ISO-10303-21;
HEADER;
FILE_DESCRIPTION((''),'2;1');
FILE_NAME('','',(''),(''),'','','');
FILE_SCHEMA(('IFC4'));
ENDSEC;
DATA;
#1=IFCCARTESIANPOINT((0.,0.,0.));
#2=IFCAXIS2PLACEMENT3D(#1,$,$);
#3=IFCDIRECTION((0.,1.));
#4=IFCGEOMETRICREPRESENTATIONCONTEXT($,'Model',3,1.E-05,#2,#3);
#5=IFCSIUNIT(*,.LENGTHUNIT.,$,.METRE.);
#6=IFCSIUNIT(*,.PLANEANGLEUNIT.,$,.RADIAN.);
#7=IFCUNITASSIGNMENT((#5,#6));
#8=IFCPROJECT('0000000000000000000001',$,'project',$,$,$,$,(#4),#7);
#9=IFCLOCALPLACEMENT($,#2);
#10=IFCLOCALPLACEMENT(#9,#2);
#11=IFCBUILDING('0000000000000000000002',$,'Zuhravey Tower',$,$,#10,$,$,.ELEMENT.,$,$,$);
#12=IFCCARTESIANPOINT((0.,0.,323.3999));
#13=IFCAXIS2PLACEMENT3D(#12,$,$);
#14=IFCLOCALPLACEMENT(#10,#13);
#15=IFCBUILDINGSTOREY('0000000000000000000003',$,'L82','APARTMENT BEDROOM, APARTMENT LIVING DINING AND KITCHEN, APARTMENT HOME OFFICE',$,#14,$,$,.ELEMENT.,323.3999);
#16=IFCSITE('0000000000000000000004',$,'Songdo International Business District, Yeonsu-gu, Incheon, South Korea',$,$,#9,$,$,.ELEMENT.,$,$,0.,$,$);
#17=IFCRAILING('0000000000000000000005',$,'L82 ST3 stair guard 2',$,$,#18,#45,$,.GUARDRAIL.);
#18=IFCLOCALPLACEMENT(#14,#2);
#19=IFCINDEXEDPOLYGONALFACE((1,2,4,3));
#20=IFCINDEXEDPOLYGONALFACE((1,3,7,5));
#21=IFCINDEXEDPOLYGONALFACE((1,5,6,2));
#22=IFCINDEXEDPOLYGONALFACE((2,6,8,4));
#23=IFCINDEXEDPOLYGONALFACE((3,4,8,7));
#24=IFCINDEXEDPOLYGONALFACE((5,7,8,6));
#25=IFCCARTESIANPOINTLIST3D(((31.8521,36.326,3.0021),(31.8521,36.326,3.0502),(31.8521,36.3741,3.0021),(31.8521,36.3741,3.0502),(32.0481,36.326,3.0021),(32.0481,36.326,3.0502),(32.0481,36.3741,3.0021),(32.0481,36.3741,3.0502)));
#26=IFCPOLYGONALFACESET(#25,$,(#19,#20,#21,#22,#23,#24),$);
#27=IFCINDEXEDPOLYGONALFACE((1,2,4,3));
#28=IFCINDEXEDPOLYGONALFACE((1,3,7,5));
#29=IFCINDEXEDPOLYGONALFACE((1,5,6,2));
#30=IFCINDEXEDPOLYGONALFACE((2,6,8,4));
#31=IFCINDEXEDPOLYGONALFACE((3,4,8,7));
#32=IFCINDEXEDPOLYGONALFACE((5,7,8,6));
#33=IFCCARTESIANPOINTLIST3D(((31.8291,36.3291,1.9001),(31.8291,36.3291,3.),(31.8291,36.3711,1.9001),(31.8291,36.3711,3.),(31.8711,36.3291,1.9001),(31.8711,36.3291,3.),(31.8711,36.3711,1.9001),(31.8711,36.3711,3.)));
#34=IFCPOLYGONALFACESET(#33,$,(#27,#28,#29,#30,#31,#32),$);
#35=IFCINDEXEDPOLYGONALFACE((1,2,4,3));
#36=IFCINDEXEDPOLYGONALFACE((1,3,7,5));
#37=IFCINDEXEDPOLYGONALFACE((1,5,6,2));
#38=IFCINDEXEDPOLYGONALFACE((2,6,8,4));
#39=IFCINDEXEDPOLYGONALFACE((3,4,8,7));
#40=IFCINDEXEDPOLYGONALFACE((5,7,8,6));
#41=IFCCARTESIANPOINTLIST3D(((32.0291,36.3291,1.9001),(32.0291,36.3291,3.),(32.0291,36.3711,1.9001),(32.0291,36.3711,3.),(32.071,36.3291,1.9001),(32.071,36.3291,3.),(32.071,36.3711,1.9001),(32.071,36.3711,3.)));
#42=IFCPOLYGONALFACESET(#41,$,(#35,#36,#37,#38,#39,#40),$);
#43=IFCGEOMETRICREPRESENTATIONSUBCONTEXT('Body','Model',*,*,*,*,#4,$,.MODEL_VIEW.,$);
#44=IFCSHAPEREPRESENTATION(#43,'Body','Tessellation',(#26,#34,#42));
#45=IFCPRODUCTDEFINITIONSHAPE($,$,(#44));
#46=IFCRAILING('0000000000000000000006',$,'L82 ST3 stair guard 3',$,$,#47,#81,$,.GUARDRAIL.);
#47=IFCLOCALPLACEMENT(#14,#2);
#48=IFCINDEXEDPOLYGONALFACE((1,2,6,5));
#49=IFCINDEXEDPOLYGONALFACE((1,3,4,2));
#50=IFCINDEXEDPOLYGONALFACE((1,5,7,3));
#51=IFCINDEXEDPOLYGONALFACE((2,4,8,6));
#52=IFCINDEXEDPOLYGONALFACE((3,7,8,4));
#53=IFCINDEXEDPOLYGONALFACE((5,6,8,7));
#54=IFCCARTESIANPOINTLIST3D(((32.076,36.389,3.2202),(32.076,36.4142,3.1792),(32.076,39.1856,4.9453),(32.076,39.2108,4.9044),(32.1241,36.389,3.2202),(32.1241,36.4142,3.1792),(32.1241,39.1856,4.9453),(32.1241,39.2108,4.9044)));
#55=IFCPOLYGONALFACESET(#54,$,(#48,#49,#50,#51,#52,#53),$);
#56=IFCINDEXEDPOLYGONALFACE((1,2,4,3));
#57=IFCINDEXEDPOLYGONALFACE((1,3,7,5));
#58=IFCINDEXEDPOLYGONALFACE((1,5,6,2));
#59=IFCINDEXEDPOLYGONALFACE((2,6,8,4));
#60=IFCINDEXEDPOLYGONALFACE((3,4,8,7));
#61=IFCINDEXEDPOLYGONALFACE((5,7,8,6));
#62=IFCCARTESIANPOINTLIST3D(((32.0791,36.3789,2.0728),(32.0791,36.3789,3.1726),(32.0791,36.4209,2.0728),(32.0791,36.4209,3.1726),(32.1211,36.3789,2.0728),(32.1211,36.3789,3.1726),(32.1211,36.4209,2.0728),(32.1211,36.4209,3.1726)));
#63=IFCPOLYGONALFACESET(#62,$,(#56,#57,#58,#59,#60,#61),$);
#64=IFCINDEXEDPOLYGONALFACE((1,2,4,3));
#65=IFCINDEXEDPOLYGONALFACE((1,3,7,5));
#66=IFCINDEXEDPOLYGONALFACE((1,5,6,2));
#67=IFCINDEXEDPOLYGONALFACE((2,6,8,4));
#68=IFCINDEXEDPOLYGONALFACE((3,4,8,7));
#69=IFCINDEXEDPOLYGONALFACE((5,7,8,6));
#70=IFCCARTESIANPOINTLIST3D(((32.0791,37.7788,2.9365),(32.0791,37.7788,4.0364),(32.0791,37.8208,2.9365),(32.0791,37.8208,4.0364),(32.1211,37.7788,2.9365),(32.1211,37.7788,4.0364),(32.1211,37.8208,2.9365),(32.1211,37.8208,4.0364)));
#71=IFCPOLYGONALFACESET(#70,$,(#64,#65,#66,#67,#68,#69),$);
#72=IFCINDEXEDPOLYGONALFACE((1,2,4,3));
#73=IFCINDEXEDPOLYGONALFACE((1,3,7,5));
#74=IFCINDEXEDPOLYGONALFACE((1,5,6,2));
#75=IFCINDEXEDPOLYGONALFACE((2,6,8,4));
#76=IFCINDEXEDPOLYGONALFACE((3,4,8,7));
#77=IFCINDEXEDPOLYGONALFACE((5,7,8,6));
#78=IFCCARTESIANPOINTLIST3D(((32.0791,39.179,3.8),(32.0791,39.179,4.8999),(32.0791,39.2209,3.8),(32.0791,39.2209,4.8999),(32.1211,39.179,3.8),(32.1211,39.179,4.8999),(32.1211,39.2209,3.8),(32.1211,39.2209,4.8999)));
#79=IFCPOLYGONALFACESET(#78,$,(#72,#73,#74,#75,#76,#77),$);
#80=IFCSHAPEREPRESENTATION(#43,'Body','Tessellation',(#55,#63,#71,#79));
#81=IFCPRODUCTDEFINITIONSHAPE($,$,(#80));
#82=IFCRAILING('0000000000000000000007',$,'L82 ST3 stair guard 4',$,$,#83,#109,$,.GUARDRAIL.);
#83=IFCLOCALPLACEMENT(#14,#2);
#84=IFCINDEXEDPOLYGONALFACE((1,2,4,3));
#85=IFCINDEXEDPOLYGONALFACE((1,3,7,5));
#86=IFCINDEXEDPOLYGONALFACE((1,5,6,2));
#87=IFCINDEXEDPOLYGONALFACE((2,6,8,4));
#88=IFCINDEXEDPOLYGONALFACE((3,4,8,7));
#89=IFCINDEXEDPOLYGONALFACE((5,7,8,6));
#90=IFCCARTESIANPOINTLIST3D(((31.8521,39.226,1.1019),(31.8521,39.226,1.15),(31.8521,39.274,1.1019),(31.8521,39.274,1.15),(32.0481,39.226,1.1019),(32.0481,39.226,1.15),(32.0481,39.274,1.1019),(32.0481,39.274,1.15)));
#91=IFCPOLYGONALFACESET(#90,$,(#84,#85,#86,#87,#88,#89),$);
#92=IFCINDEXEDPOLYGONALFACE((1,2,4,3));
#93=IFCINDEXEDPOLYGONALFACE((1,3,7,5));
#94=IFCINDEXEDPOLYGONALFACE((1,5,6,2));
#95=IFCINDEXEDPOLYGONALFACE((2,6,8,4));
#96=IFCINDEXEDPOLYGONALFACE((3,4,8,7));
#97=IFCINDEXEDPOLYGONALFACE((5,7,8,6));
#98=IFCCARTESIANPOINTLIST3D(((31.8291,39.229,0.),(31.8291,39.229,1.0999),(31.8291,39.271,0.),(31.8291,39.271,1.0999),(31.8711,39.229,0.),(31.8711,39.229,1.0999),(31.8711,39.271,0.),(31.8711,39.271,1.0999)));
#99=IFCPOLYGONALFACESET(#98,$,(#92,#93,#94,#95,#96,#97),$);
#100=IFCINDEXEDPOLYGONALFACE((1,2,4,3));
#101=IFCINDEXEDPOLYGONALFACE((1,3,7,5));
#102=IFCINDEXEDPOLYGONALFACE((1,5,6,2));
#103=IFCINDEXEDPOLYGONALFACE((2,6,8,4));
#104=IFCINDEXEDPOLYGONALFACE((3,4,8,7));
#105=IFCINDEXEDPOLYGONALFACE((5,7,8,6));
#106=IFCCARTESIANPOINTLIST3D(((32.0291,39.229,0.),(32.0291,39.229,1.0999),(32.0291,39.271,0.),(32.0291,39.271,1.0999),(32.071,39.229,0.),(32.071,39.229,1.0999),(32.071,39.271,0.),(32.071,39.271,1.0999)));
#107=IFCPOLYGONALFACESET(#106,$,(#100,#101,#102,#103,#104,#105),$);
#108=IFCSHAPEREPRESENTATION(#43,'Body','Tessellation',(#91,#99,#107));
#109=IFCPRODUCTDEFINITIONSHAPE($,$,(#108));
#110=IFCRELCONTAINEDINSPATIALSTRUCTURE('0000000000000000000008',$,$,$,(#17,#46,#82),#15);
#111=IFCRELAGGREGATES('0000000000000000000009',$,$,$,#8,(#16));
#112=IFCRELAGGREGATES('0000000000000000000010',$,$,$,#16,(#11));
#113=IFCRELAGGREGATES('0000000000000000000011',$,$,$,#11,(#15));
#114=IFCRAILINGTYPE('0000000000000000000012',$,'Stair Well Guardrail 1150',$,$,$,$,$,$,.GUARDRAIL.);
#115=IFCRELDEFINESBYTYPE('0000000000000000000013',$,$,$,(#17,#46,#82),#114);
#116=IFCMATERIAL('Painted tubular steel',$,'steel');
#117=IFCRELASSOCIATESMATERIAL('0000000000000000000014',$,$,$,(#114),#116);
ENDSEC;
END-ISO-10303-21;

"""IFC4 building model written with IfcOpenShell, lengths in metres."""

from ifc_helpers import new_model, si_unit, direction, frame, origin, origin_2d, place, context, subcontext, project, spatial, rectangle, extrude, material, type_object, element, save


model = new_model("IFC4")

# Units and contexts
model_context = context("Model", 3, precision=1e-05, world=origin(), true_north=direction((0.0, 1.0)))
body_context = subcontext(model_context, "Body", "Model", "MODEL_VIEW")
ifc_project = project(units=[si_unit("LENGTHUNIT", "METRE"), si_unit("PLANEANGLEUNIT", "RADIAN")], contexts=[model_context])

# Site, building, storey
site_placement = place(None, origin())
site = spatial("IfcSite", under=ifc_project, at=site_placement, Name="Songdo International Business District, Yeonsu-gu, Incheon, South Korea", CompositionType="ELEMENT", RefElevation=0.0)
building_placement = place(site_placement, origin())
building = spatial("IfcBuilding", under=site, at=building_placement, Name="Zuhravey Tower", CompositionType="ELEMENT")
storey_placement = place(building_placement, frame((0.0, 0.0, 323.3999)))
storey = spatial("IfcBuildingStorey", under=building, at=storey_placement, Name="L82", Description="APARTMENT BEDROOM, APARTMENT LIVING DINING AND KITCHEN, APARTMENT HOME OFFICE", CompositionType="ELEMENT", Elevation=323.3999)

# Railings
ifc_material_1 = material(Name="Painted tubular steel", Category="steel")
railing_type_1 = type_object("IfcRailingType", Name="Stair Well Guardrail 1150", PredefinedType="GUARDRAIL", material=ifc_material_1)
railing_1_placement = place(storey_placement, frame((31.8501, 36.3501, 1.9001)))
element("IfcRailing", 1, at=railing_1_placement, inside=storey, type_object=railing_type_1, Name="L82 ST3 stair guard 2", PredefinedType="GUARDRAIL", context=body_context, shape_type="SweptSolid", body=[
    extrude(rectangle(XDim=0.0481, YDim=0.0481, at=origin_2d()), frame((0.002, 0.0, 1.126), z_axis=(1.0, 0.0, 0.0), x_axis=(0.0, 1.0, 0.0)), (0.0, 0.0, 1.0), 0.196),
    extrude(rectangle(XDim=0.042, YDim=0.042, at=origin_2d()), origin(), (0.0, 0.0, 1.0), 1.0999),
    extrude(rectangle(XDim=0.042, YDim=0.042, at=origin_2d()), frame((0.2, 0.0, 0.0)), (0.0, 0.0, 1.0), 1.0999),
])
railing_2_placement = place(storey_placement, frame((32.1001, 36.3999, 2.0728)))
element("IfcRailing", 2, at=railing_2_placement, inside=storey, type_object=railing_type_1, Name="L82 ST3 stair guard 3", PredefinedType="GUARDRAIL", context=body_context, shape_type="SweptSolid", body=[
    extrude(rectangle(XDim=0.0481, YDim=0.0481, at=origin_2d()), frame((0.0, 0.0017, 1.127), z_axis=(0.0, 0.85109, 0.52502), x_axis=(-1.0, 0.0, 0.0)), (0.0, 0.0, 1.0), 3.2859),
    extrude(rectangle(XDim=0.042, YDim=0.042, at=origin_2d()), origin(), (0.0, 0.0, 1.0), 1.0999),
    extrude(rectangle(XDim=0.042, YDim=0.042, at=origin_2d()), frame((0.0, 1.3999, 0.8638)), (0.0, 0.0, 1.0), 1.0999),
    extrude(rectangle(XDim=0.042, YDim=0.042, at=origin_2d()), frame((0.0, 2.8, 1.7273)), (0.0, 0.0, 1.0), 1.0999),
])
railing_3_placement = place(storey_placement, frame((31.8501, 39.25, 0.0)))
element("IfcRailing", 3, at=railing_3_placement, inside=storey, type_object=railing_type_1, Name="L82 ST3 stair guard 4", PredefinedType="GUARDRAIL", context=body_context, shape_type="SweptSolid", body=[
    extrude(rectangle(XDim=0.0481, YDim=0.0481, at=origin_2d()), frame((0.002, 0.0, 1.126), z_axis=(1.0, 0.0, 0.0), x_axis=(0.0, 1.0, 0.0)), (0.0, 0.0, 1.0), 0.196),
    extrude(rectangle(XDim=0.042, YDim=0.042, at=origin_2d()), origin(), (0.0, 0.0, 1.0), 1.0999),
    extrude(rectangle(XDim=0.042, YDim=0.042, at=origin_2d()), frame((0.2, 0.0, 0.0)), (0.0, 0.0, 1.0), 1.0999),
])

save(model, "model.ifc")
